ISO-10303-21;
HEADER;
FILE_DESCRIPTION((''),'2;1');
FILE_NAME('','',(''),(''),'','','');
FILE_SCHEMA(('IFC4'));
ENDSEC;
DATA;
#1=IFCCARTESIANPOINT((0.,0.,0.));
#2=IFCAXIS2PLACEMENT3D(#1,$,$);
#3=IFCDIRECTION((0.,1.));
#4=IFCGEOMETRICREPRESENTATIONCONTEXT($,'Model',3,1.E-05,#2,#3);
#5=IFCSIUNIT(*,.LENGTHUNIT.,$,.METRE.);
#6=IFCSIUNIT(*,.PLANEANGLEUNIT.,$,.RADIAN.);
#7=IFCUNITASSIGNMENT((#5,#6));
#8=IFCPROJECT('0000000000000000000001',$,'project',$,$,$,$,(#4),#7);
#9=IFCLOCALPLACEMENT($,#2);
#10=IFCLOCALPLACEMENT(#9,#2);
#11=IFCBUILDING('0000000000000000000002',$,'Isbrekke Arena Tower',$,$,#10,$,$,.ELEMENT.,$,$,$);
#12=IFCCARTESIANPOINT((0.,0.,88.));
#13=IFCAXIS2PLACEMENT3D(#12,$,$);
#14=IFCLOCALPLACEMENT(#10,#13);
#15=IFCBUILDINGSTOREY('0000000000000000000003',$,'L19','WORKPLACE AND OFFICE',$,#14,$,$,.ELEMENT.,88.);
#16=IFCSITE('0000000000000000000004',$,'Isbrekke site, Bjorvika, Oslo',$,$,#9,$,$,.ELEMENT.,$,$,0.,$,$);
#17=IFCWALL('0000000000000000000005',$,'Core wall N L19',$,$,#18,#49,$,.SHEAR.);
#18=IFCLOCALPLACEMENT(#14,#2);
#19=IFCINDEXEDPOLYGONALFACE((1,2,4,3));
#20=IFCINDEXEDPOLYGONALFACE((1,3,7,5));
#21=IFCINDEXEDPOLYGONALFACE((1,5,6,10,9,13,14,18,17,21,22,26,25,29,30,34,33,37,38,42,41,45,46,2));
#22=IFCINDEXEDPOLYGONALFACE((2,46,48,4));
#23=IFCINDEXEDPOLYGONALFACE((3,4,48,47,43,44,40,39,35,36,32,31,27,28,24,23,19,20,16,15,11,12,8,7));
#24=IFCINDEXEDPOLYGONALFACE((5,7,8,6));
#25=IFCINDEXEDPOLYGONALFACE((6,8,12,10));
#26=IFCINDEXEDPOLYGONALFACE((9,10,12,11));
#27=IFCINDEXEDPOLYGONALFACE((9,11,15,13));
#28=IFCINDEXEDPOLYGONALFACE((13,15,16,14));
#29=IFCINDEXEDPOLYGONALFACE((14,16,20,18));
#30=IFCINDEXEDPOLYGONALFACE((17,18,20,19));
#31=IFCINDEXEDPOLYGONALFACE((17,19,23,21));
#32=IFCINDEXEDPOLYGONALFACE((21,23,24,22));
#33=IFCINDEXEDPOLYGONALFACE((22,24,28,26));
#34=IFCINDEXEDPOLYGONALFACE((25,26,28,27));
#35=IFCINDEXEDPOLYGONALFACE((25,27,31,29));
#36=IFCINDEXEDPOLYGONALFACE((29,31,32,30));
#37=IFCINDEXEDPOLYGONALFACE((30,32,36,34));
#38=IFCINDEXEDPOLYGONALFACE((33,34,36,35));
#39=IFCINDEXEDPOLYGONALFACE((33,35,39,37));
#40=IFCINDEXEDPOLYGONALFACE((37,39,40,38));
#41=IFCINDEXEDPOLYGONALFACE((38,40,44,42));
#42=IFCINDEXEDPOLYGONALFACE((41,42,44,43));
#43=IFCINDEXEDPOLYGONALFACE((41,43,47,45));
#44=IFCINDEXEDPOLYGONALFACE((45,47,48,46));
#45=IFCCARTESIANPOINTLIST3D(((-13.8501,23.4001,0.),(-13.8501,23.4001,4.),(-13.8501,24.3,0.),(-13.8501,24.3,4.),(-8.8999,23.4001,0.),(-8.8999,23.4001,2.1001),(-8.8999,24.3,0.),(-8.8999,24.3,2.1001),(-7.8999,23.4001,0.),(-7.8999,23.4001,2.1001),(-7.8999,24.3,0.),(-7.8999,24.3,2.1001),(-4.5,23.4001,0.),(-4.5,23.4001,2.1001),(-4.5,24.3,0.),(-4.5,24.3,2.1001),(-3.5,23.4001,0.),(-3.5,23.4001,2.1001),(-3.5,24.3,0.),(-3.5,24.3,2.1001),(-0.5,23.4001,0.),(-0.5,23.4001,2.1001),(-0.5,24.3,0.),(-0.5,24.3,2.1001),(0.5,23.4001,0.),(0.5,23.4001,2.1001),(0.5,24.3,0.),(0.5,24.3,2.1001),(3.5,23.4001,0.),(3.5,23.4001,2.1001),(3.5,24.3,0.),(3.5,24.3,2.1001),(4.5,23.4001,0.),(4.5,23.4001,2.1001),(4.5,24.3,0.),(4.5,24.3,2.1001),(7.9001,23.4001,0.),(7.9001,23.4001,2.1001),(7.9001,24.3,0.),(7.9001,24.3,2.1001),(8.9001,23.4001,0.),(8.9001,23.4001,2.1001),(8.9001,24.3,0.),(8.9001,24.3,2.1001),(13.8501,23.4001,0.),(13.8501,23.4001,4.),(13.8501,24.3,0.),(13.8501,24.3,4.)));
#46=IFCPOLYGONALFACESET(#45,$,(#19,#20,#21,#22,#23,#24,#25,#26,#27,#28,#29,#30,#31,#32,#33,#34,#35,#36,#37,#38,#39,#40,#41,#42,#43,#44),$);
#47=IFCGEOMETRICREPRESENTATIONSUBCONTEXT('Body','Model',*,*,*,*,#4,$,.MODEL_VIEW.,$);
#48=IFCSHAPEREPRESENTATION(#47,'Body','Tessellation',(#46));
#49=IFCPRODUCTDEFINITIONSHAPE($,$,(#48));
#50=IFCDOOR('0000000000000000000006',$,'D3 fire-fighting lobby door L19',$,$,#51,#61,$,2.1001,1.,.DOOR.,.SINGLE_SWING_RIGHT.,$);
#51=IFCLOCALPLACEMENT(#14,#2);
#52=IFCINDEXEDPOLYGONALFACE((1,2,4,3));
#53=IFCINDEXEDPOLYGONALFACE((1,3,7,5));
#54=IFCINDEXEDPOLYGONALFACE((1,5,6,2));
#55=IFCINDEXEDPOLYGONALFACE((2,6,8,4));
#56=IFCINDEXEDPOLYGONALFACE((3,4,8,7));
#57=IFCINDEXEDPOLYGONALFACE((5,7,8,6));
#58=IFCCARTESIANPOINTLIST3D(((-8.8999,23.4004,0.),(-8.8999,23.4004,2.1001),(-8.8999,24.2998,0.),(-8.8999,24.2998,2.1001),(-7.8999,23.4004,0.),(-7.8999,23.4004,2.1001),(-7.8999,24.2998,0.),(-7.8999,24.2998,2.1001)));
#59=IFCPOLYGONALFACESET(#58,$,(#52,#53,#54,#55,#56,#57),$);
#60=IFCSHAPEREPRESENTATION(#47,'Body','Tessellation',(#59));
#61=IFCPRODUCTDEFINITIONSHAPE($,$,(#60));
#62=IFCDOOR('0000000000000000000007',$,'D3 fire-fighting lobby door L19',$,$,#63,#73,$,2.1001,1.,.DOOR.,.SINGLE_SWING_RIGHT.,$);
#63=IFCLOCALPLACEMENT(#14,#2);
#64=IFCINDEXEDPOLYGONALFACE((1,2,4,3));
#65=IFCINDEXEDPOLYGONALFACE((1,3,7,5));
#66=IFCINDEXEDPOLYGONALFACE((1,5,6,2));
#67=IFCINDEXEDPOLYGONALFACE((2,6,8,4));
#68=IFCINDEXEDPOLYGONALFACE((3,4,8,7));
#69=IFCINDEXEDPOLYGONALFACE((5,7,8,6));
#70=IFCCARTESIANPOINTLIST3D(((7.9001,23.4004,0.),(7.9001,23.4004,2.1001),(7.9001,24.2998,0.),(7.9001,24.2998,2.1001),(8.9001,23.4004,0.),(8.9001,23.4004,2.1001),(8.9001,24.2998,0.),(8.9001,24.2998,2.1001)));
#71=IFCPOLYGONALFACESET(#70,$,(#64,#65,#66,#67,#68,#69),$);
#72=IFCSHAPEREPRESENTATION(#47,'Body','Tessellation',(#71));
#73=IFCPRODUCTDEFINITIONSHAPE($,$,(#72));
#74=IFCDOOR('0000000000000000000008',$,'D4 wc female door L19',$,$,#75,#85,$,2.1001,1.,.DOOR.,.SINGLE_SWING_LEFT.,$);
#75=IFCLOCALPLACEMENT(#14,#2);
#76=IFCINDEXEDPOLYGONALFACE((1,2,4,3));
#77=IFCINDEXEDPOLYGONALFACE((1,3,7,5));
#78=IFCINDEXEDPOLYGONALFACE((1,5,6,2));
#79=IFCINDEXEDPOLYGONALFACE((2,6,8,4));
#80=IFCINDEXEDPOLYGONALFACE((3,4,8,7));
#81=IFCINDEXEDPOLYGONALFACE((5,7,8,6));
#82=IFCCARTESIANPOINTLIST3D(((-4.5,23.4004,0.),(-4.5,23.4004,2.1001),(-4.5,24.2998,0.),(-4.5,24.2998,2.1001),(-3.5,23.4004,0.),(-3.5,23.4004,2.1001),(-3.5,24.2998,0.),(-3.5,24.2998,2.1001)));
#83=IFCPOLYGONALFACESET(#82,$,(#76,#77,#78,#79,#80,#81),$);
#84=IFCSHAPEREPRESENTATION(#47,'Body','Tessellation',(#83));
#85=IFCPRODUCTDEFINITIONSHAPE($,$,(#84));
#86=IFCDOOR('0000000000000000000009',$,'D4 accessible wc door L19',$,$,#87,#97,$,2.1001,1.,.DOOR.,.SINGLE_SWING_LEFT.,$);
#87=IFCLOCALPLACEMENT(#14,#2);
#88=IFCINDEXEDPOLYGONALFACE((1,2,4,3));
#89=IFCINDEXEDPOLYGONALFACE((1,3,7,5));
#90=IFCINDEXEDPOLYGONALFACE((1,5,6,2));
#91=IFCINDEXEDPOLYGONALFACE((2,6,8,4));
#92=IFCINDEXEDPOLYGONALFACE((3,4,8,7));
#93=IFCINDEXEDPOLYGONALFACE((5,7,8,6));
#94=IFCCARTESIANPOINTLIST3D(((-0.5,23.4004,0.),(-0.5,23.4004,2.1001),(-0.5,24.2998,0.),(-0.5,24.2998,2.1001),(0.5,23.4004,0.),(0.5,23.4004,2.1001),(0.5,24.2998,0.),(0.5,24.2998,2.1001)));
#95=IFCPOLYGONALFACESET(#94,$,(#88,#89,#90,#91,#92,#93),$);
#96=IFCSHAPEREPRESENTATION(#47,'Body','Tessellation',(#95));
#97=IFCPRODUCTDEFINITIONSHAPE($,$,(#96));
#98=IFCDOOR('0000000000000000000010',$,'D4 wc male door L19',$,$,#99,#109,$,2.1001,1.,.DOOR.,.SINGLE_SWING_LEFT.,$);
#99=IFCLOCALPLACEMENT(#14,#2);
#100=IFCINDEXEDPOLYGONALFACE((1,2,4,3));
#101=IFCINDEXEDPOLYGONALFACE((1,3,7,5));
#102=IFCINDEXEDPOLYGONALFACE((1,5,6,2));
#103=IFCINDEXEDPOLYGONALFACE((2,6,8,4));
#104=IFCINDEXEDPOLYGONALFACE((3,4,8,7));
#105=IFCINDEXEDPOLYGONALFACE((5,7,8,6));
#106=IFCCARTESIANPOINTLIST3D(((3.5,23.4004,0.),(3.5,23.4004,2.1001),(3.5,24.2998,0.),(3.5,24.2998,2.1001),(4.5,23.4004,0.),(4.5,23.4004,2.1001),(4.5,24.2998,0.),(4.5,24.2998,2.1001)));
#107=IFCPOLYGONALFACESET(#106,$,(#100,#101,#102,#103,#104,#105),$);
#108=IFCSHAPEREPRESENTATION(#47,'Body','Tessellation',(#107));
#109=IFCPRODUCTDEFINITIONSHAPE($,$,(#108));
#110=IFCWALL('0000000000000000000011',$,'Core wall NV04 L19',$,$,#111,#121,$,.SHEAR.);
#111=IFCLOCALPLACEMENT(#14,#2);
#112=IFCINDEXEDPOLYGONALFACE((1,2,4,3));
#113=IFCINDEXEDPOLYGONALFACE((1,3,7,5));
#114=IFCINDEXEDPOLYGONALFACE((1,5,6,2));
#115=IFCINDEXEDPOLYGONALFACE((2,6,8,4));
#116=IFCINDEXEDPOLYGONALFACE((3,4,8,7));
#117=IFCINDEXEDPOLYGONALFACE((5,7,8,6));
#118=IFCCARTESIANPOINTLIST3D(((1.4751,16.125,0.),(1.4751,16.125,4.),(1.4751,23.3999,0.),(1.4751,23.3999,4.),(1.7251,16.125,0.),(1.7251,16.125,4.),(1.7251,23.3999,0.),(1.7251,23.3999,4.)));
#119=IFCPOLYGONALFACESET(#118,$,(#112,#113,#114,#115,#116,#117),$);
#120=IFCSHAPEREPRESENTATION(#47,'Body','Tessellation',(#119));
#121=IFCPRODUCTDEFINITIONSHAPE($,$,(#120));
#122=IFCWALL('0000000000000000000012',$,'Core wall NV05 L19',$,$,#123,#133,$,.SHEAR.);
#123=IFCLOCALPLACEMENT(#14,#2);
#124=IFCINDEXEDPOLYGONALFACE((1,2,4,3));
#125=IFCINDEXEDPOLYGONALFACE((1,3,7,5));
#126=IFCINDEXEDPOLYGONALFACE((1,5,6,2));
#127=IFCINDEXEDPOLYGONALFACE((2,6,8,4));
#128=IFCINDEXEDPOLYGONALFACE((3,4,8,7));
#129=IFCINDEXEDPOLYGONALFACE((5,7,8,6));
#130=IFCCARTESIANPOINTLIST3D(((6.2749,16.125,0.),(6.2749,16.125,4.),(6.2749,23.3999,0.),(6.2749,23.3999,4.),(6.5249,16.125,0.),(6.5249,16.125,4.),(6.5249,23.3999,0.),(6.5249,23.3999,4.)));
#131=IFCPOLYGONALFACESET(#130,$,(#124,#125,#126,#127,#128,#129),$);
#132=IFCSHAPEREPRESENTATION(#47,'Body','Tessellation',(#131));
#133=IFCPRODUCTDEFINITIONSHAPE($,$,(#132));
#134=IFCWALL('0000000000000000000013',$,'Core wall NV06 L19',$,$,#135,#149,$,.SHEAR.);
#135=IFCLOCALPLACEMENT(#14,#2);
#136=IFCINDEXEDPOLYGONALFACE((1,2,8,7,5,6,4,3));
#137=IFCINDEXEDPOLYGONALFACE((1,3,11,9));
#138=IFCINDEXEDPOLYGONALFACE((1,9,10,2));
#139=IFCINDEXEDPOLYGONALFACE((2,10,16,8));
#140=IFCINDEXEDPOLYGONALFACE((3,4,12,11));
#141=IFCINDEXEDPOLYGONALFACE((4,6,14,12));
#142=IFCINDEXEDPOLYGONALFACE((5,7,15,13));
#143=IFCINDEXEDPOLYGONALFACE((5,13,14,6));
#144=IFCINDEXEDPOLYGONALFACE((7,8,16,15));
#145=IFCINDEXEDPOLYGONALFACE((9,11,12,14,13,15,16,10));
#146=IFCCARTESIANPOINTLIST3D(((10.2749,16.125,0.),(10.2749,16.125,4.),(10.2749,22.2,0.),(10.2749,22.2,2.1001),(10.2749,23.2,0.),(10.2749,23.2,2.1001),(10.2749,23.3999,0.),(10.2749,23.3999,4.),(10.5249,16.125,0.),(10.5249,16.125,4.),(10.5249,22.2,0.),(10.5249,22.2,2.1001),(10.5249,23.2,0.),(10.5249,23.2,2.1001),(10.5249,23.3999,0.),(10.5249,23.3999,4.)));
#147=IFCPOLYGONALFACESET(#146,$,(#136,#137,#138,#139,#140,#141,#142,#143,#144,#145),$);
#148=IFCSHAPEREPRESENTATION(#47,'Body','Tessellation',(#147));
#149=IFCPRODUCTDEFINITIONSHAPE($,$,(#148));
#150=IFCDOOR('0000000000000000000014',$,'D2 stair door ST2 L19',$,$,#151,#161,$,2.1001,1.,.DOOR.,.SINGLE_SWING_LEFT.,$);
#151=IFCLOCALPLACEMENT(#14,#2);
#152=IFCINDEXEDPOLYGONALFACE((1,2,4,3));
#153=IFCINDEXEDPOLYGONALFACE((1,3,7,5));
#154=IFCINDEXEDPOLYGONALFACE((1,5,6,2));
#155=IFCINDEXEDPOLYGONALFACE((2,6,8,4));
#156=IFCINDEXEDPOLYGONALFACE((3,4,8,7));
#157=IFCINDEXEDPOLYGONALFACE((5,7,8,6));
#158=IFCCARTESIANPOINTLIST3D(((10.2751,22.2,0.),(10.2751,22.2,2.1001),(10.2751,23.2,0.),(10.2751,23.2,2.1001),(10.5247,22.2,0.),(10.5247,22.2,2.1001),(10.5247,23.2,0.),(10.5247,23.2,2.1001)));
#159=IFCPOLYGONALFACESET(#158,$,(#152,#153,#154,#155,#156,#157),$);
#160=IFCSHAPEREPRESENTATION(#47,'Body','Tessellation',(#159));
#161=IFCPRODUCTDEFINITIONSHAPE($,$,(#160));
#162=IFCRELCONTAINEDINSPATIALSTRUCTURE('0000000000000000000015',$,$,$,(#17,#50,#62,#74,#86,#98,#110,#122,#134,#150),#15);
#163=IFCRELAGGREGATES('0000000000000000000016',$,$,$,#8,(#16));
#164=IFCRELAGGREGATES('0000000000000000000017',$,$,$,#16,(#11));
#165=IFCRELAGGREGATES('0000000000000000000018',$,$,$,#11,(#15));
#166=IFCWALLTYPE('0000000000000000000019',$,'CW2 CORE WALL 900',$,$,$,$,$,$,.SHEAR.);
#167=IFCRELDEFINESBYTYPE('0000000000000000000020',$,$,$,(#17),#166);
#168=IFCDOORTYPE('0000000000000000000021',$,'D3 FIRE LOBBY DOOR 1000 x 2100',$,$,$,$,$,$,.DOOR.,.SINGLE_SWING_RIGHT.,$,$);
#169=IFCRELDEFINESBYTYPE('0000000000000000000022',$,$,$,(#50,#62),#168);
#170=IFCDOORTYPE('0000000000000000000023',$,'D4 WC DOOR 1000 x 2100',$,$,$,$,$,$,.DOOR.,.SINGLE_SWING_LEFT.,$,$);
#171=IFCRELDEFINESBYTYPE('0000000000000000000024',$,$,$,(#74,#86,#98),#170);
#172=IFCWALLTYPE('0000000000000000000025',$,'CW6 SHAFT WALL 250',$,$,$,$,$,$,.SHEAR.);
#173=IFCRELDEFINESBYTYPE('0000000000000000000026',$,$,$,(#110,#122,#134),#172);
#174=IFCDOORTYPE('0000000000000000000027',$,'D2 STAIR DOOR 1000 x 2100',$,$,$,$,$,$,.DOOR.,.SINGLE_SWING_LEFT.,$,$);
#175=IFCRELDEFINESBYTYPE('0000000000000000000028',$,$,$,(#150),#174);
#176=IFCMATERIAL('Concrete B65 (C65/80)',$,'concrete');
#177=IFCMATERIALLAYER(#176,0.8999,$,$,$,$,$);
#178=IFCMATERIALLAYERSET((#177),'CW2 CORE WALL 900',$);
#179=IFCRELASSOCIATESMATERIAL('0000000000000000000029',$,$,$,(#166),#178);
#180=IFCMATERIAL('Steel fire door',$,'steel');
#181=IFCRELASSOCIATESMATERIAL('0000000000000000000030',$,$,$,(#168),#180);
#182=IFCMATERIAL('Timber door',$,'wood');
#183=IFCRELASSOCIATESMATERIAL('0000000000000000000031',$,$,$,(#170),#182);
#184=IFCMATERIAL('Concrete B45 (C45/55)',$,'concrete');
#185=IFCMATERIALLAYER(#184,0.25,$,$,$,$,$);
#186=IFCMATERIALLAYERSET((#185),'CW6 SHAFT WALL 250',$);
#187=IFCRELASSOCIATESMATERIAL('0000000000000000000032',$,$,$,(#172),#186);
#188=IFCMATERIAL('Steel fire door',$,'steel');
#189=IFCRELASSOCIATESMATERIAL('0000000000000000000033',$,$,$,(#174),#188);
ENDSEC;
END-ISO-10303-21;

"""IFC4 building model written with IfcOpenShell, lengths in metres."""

from ifc_helpers import new_model, si_unit, direction, frame, frame_2d, origin, place, context, subcontext, project, spatial, rectangle, extrude, material, layer, layer_set, type_object, element, fill, save


model = new_model("IFC4")

# Units and contexts
model_context = context("Model", 3, precision=1e-05, world=origin(), true_north=direction((0.0, 1.0)))
body_context = subcontext(model_context, "Body", "Model", "MODEL_VIEW")
ifc_project = project(units=[si_unit("LENGTHUNIT", "METRE"), si_unit("PLANEANGLEUNIT", "RADIAN")], contexts=[model_context])

# Site, building, storey
site_placement = place(None, origin())
site = spatial("IfcSite", under=ifc_project, at=site_placement, Name="Isbrekke site, Bjorvika, Oslo", CompositionType="ELEMENT", RefElevation=0.0)
building_placement = place(site_placement, origin())
building = spatial("IfcBuilding", under=site, at=building_placement, Name="Isbrekke Arena Tower", CompositionType="ELEMENT")
storey_placement = place(building_placement, frame((0.0, 0.0, 88.0)))
storey = spatial("IfcBuildingStorey", under=building, at=storey_placement, Name="L19", Description="WORKPLACE AND OFFICE", CompositionType="ELEMENT", Elevation=88.0)

# Wall, openings, doors
ifc_material_1 = material(Name="Concrete B65 (C65/80)", Category="concrete")
ifc_layer_1 = layer(ifc_material_1, 0.8999)
ifc_layer_set_1 = layer_set([ifc_layer_1], Name="CW2 CORE WALL 900")
wall_type_1 = type_object("IfcWallType", Name="CW2 CORE WALL 900", PredefinedType="SHEAR", material=ifc_layer_set_1)
wall_1_placement = place(storey_placement, frame((13.8501, 23.8501, 0.0), z_axis=(0.0, 0.0, 1.0), x_axis=(-1.0, 0.0, 0.0)))
wall_1 = element("IfcWall", 1, at=wall_1_placement, inside=storey, type_object=wall_type_1, Name="Core wall N L19", PredefinedType="SHEAR", context=body_context, shape_type="SweptSolid", body=[
    extrude(rectangle(XDim=27.7002, YDim=0.8999, at=frame_2d((13.8501, 0.0))), origin(), (0.0, 0.0, 1.0), 4.0),
])
opening_1_placement = place(wall_1_placement, frame((21.75, 0.0, 0.0)))
opening_1 = element("IfcOpeningElement", 2, at=opening_1_placement, cuts=wall_1, PredefinedType="OPENING", context=body_context, shape_type="SweptSolid", body=[
    extrude(rectangle(XDim=1.0, YDim=2.1001, at=frame_2d((0.5, 1.05))), frame((0.0, 0.4648, 0.0), z_axis=(0.0, -1.0, 0.0), x_axis=(1.0, 0.0, 0.0)), (0.0, 0.0, 1.0), 0.9297),
])
opening_2_placement = place(wall_1_placement, frame((4.95, 0.0, 0.0)))
opening_2 = element("IfcOpeningElement", 3, at=opening_2_placement, cuts=wall_1, PredefinedType="OPENING", context=body_context, shape_type="SweptSolid", body=[
    extrude(rectangle(XDim=1.0, YDim=2.1001, at=frame_2d((0.5, 1.05))), frame((0.0, 0.4648, 0.0), z_axis=(0.0, -1.0, 0.0), x_axis=(1.0, 0.0, 0.0)), (0.0, 0.0, 1.0), 0.9297),
])
opening_3_placement = place(wall_1_placement, frame((17.3501, 0.0, 0.0)))
opening_3 = element("IfcOpeningElement", 4, at=opening_3_placement, cuts=wall_1, PredefinedType="OPENING", context=body_context, shape_type="SweptSolid", body=[
    extrude(rectangle(XDim=1.0, YDim=2.1001, at=frame_2d((0.5, 1.05))), frame((0.0, 0.4648, 0.0), z_axis=(0.0, -1.0, 0.0), x_axis=(1.0, 0.0, 0.0)), (0.0, 0.0, 1.0), 0.9297),
])
opening_4_placement = place(wall_1_placement, frame((13.3501, 0.0, 0.0)))
opening_4 = element("IfcOpeningElement", 5, at=opening_4_placement, cuts=wall_1, PredefinedType="OPENING", context=body_context, shape_type="SweptSolid", body=[
    extrude(rectangle(XDim=1.0, YDim=2.1001, at=frame_2d((0.5, 1.05))), frame((0.0, 0.4648, 0.0), z_axis=(0.0, -1.0, 0.0), x_axis=(1.0, 0.0, 0.0)), (0.0, 0.0, 1.0), 0.9297),
])
opening_5_placement = place(wall_1_placement, frame((9.3501, 0.0, 0.0)))
opening_5 = element("IfcOpeningElement", 6, at=opening_5_placement, cuts=wall_1, PredefinedType="OPENING", context=body_context, shape_type="SweptSolid", body=[
    extrude(rectangle(XDim=1.0, YDim=2.1001, at=frame_2d((0.5, 1.05))), frame((0.0, 0.4648, 0.0), z_axis=(0.0, -1.0, 0.0), x_axis=(1.0, 0.0, 0.0)), (0.0, 0.0, 1.0), 0.9297),
])
ifc_material_2 = material(Name="Steel fire door", Category="steel")
door_type_1 = type_object("IfcDoorType", Name="D3 FIRE LOBBY DOOR 1000 x 2100", OperationType="SINGLE_SWING_RIGHT", PredefinedType="DOOR", material=ifc_material_2)
door_1_placement = place(opening_1_placement, origin())
door_1 = element("IfcDoor", 7, at=door_1_placement, inside=storey, type_object=door_type_1, Name="D3 fire-fighting lobby door L19", OperationType="SINGLE_SWING_RIGHT", OverallHeight=2.1001, OverallWidth=1.0, PredefinedType="DOOR", context=body_context, shape_type="SweptSolid", body=[
    extrude(rectangle(XDim=1.0, YDim=2.1001, at=frame_2d((0.5, 1.05))), frame((0.0, 0.4497, 0.0), z_axis=(0.0, -1.0, 0.0), x_axis=(1.0, 0.0, 0.0)), (0.0, 0.0, 1.0), 0.8994),
])
fill(opening_1, door_1)
door_2_placement = place(opening_2_placement, origin())
door_2 = element("IfcDoor", 8, at=door_2_placement, inside=storey, type_object=door_type_1, Name="D3 fire-fighting lobby door L19", OperationType="SINGLE_SWING_RIGHT", OverallHeight=2.1001, OverallWidth=1.0, PredefinedType="DOOR", context=body_context, shape_type="SweptSolid", body=[
    extrude(rectangle(XDim=1.0, YDim=2.1001, at=frame_2d((0.5, 1.05))), frame((0.0, 0.4497, 0.0), z_axis=(0.0, -1.0, 0.0), x_axis=(1.0, 0.0, 0.0)), (0.0, 0.0, 1.0), 0.8994),
])
fill(opening_2, door_2)
ifc_material_3 = material(Name="Timber door", Category="wood")
door_type_2 = type_object("IfcDoorType", Name="D4 WC DOOR 1000 x 2100", OperationType="SINGLE_SWING_LEFT", PredefinedType="DOOR", material=ifc_material_3)
door_3_placement = place(opening_3_placement, origin())
door_3 = element("IfcDoor", 9, at=door_3_placement, inside=storey, type_object=door_type_2, Name="D4 wc female door L19", OperationType="SINGLE_SWING_LEFT", OverallHeight=2.1001, OverallWidth=1.0, PredefinedType="DOOR", context=body_context, shape_type="SweptSolid", body=[
    extrude(rectangle(XDim=1.0, YDim=2.1001, at=frame_2d((0.5, 1.05))), frame((0.0, 0.4497, 0.0), z_axis=(0.0, -1.0, 0.0), x_axis=(1.0, 0.0, 0.0)), (0.0, 0.0, 1.0), 0.8994),
])
fill(opening_3, door_3)
door_4_placement = place(opening_4_placement, origin())
door_4 = element("IfcDoor", 10, at=door_4_placement, inside=storey, type_object=door_type_2, Name="D4 accessible wc door L19", OperationType="SINGLE_SWING_LEFT", OverallHeight=2.1001, OverallWidth=1.0, PredefinedType="DOOR", context=body_context, shape_type="SweptSolid", body=[
    extrude(rectangle(XDim=1.0, YDim=2.1001, at=frame_2d((0.5, 1.05))), frame((0.0, 0.4497, 0.0), z_axis=(0.0, -1.0, 0.0), x_axis=(1.0, 0.0, 0.0)), (0.0, 0.0, 1.0), 0.8994),
])
fill(opening_4, door_4)
door_5_placement = place(opening_5_placement, origin())
door_5 = element("IfcDoor", 11, at=door_5_placement, inside=storey, type_object=door_type_2, Name="D4 wc male door L19", OperationType="SINGLE_SWING_LEFT", OverallHeight=2.1001, OverallWidth=1.0, PredefinedType="DOOR", context=body_context, shape_type="SweptSolid", body=[
    extrude(rectangle(XDim=1.0, YDim=2.1001, at=frame_2d((0.5, 1.05))), frame((0.0, 0.4497, 0.0), z_axis=(0.0, -1.0, 0.0), x_axis=(1.0, 0.0, 0.0)), (0.0, 0.0, 1.0), 0.8994),
])
fill(opening_5, door_5)

# Walls
ifc_material_4 = material(Name="Concrete B45 (C45/55)", Category="concrete")
ifc_layer_2 = layer(ifc_material_4, 0.25)
ifc_layer_set_2 = layer_set([ifc_layer_2], Name="CW6 SHAFT WALL 250")
wall_type_2 = type_object("IfcWallType", Name="CW6 SHAFT WALL 250", PredefinedType="SHEAR", material=ifc_layer_set_2)
for number, where, z_axis, x_axis, name in (
    (12, (1.6001, 16.125, 0.0), (0.0, 0.0, 1.0), (0.0, 1.0, 0.0), "Core wall NV04 L19"),
    (13, (6.3999, 16.125, 0.0), (0.0, 0.0, 1.0), (0.0, 1.0, 0.0), "Core wall NV05 L19"),
):
    element("IfcWall", number, at=place(storey_placement, frame(where, z_axis=z_axis, x_axis=x_axis)), inside=storey, type_object=wall_type_2, Name=name, PredefinedType="SHEAR", context=body_context, shape_type="SweptSolid", body=[
        extrude(rectangle(XDim=7.2749, YDim=0.25, at=frame_2d((3.6375, 0.0))), origin(), (0.0, 0.0, 1.0), 4.0),
    ])

# Wall, opening, door
wall_2_placement = place(storey_placement, frame((10.3999, 16.125, 0.0), z_axis=(0.0, 0.0, 1.0), x_axis=(0.0, 1.0, 0.0)))
wall_2 = element("IfcWall", 14, at=wall_2_placement, inside=storey, type_object=wall_type_2, Name="Core wall NV06 L19", PredefinedType="SHEAR", context=body_context, shape_type="SweptSolid", body=[
    extrude(rectangle(XDim=7.2749, YDim=0.25, at=frame_2d((3.6375, 0.0))), origin(), (0.0, 0.0, 1.0), 4.0),
])
opening_6_placement = place(wall_2_placement, frame((6.075, 0.0, 0.0)))
opening_6 = element("IfcOpeningElement", 15, at=opening_6_placement, cuts=wall_2, PredefinedType="OPENING", context=body_context, shape_type="SweptSolid", body=[
    extrude(rectangle(XDim=1.0, YDim=2.1001, at=frame_2d((0.5, 1.05))), frame((0.0, 0.1399, 0.0), z_axis=(0.0, -1.0, 0.0), x_axis=(1.0, 0.0, 0.0)), (0.0, 0.0, 1.0), 0.2798),
])
ifc_material_5 = material(Name="Steel fire door", Category="steel")
door_type_3 = type_object("IfcDoorType", Name="D2 STAIR DOOR 1000 x 2100", OperationType="SINGLE_SWING_LEFT", PredefinedType="DOOR", material=ifc_material_5)
door_6_placement = place(opening_6_placement, origin())
door_6 = element("IfcDoor", 16, at=door_6_placement, inside=storey, type_object=door_type_3, Name="D2 stair door ST2 L19", OperationType="SINGLE_SWING_LEFT", OverallHeight=2.1001, OverallWidth=1.0, PredefinedType="DOOR", context=body_context, shape_type="SweptSolid", body=[
    extrude(rectangle(XDim=1.0, YDim=2.1001, at=frame_2d((0.5, 1.05))), frame((0.0, 0.1248, 0.0), z_axis=(0.0, -1.0, 0.0), x_axis=(1.0, 0.0, 0.0)), (0.0, 0.0, 1.0), 0.2495),
])
fill(opening_6, door_6)

save(model, "model.ifc")
